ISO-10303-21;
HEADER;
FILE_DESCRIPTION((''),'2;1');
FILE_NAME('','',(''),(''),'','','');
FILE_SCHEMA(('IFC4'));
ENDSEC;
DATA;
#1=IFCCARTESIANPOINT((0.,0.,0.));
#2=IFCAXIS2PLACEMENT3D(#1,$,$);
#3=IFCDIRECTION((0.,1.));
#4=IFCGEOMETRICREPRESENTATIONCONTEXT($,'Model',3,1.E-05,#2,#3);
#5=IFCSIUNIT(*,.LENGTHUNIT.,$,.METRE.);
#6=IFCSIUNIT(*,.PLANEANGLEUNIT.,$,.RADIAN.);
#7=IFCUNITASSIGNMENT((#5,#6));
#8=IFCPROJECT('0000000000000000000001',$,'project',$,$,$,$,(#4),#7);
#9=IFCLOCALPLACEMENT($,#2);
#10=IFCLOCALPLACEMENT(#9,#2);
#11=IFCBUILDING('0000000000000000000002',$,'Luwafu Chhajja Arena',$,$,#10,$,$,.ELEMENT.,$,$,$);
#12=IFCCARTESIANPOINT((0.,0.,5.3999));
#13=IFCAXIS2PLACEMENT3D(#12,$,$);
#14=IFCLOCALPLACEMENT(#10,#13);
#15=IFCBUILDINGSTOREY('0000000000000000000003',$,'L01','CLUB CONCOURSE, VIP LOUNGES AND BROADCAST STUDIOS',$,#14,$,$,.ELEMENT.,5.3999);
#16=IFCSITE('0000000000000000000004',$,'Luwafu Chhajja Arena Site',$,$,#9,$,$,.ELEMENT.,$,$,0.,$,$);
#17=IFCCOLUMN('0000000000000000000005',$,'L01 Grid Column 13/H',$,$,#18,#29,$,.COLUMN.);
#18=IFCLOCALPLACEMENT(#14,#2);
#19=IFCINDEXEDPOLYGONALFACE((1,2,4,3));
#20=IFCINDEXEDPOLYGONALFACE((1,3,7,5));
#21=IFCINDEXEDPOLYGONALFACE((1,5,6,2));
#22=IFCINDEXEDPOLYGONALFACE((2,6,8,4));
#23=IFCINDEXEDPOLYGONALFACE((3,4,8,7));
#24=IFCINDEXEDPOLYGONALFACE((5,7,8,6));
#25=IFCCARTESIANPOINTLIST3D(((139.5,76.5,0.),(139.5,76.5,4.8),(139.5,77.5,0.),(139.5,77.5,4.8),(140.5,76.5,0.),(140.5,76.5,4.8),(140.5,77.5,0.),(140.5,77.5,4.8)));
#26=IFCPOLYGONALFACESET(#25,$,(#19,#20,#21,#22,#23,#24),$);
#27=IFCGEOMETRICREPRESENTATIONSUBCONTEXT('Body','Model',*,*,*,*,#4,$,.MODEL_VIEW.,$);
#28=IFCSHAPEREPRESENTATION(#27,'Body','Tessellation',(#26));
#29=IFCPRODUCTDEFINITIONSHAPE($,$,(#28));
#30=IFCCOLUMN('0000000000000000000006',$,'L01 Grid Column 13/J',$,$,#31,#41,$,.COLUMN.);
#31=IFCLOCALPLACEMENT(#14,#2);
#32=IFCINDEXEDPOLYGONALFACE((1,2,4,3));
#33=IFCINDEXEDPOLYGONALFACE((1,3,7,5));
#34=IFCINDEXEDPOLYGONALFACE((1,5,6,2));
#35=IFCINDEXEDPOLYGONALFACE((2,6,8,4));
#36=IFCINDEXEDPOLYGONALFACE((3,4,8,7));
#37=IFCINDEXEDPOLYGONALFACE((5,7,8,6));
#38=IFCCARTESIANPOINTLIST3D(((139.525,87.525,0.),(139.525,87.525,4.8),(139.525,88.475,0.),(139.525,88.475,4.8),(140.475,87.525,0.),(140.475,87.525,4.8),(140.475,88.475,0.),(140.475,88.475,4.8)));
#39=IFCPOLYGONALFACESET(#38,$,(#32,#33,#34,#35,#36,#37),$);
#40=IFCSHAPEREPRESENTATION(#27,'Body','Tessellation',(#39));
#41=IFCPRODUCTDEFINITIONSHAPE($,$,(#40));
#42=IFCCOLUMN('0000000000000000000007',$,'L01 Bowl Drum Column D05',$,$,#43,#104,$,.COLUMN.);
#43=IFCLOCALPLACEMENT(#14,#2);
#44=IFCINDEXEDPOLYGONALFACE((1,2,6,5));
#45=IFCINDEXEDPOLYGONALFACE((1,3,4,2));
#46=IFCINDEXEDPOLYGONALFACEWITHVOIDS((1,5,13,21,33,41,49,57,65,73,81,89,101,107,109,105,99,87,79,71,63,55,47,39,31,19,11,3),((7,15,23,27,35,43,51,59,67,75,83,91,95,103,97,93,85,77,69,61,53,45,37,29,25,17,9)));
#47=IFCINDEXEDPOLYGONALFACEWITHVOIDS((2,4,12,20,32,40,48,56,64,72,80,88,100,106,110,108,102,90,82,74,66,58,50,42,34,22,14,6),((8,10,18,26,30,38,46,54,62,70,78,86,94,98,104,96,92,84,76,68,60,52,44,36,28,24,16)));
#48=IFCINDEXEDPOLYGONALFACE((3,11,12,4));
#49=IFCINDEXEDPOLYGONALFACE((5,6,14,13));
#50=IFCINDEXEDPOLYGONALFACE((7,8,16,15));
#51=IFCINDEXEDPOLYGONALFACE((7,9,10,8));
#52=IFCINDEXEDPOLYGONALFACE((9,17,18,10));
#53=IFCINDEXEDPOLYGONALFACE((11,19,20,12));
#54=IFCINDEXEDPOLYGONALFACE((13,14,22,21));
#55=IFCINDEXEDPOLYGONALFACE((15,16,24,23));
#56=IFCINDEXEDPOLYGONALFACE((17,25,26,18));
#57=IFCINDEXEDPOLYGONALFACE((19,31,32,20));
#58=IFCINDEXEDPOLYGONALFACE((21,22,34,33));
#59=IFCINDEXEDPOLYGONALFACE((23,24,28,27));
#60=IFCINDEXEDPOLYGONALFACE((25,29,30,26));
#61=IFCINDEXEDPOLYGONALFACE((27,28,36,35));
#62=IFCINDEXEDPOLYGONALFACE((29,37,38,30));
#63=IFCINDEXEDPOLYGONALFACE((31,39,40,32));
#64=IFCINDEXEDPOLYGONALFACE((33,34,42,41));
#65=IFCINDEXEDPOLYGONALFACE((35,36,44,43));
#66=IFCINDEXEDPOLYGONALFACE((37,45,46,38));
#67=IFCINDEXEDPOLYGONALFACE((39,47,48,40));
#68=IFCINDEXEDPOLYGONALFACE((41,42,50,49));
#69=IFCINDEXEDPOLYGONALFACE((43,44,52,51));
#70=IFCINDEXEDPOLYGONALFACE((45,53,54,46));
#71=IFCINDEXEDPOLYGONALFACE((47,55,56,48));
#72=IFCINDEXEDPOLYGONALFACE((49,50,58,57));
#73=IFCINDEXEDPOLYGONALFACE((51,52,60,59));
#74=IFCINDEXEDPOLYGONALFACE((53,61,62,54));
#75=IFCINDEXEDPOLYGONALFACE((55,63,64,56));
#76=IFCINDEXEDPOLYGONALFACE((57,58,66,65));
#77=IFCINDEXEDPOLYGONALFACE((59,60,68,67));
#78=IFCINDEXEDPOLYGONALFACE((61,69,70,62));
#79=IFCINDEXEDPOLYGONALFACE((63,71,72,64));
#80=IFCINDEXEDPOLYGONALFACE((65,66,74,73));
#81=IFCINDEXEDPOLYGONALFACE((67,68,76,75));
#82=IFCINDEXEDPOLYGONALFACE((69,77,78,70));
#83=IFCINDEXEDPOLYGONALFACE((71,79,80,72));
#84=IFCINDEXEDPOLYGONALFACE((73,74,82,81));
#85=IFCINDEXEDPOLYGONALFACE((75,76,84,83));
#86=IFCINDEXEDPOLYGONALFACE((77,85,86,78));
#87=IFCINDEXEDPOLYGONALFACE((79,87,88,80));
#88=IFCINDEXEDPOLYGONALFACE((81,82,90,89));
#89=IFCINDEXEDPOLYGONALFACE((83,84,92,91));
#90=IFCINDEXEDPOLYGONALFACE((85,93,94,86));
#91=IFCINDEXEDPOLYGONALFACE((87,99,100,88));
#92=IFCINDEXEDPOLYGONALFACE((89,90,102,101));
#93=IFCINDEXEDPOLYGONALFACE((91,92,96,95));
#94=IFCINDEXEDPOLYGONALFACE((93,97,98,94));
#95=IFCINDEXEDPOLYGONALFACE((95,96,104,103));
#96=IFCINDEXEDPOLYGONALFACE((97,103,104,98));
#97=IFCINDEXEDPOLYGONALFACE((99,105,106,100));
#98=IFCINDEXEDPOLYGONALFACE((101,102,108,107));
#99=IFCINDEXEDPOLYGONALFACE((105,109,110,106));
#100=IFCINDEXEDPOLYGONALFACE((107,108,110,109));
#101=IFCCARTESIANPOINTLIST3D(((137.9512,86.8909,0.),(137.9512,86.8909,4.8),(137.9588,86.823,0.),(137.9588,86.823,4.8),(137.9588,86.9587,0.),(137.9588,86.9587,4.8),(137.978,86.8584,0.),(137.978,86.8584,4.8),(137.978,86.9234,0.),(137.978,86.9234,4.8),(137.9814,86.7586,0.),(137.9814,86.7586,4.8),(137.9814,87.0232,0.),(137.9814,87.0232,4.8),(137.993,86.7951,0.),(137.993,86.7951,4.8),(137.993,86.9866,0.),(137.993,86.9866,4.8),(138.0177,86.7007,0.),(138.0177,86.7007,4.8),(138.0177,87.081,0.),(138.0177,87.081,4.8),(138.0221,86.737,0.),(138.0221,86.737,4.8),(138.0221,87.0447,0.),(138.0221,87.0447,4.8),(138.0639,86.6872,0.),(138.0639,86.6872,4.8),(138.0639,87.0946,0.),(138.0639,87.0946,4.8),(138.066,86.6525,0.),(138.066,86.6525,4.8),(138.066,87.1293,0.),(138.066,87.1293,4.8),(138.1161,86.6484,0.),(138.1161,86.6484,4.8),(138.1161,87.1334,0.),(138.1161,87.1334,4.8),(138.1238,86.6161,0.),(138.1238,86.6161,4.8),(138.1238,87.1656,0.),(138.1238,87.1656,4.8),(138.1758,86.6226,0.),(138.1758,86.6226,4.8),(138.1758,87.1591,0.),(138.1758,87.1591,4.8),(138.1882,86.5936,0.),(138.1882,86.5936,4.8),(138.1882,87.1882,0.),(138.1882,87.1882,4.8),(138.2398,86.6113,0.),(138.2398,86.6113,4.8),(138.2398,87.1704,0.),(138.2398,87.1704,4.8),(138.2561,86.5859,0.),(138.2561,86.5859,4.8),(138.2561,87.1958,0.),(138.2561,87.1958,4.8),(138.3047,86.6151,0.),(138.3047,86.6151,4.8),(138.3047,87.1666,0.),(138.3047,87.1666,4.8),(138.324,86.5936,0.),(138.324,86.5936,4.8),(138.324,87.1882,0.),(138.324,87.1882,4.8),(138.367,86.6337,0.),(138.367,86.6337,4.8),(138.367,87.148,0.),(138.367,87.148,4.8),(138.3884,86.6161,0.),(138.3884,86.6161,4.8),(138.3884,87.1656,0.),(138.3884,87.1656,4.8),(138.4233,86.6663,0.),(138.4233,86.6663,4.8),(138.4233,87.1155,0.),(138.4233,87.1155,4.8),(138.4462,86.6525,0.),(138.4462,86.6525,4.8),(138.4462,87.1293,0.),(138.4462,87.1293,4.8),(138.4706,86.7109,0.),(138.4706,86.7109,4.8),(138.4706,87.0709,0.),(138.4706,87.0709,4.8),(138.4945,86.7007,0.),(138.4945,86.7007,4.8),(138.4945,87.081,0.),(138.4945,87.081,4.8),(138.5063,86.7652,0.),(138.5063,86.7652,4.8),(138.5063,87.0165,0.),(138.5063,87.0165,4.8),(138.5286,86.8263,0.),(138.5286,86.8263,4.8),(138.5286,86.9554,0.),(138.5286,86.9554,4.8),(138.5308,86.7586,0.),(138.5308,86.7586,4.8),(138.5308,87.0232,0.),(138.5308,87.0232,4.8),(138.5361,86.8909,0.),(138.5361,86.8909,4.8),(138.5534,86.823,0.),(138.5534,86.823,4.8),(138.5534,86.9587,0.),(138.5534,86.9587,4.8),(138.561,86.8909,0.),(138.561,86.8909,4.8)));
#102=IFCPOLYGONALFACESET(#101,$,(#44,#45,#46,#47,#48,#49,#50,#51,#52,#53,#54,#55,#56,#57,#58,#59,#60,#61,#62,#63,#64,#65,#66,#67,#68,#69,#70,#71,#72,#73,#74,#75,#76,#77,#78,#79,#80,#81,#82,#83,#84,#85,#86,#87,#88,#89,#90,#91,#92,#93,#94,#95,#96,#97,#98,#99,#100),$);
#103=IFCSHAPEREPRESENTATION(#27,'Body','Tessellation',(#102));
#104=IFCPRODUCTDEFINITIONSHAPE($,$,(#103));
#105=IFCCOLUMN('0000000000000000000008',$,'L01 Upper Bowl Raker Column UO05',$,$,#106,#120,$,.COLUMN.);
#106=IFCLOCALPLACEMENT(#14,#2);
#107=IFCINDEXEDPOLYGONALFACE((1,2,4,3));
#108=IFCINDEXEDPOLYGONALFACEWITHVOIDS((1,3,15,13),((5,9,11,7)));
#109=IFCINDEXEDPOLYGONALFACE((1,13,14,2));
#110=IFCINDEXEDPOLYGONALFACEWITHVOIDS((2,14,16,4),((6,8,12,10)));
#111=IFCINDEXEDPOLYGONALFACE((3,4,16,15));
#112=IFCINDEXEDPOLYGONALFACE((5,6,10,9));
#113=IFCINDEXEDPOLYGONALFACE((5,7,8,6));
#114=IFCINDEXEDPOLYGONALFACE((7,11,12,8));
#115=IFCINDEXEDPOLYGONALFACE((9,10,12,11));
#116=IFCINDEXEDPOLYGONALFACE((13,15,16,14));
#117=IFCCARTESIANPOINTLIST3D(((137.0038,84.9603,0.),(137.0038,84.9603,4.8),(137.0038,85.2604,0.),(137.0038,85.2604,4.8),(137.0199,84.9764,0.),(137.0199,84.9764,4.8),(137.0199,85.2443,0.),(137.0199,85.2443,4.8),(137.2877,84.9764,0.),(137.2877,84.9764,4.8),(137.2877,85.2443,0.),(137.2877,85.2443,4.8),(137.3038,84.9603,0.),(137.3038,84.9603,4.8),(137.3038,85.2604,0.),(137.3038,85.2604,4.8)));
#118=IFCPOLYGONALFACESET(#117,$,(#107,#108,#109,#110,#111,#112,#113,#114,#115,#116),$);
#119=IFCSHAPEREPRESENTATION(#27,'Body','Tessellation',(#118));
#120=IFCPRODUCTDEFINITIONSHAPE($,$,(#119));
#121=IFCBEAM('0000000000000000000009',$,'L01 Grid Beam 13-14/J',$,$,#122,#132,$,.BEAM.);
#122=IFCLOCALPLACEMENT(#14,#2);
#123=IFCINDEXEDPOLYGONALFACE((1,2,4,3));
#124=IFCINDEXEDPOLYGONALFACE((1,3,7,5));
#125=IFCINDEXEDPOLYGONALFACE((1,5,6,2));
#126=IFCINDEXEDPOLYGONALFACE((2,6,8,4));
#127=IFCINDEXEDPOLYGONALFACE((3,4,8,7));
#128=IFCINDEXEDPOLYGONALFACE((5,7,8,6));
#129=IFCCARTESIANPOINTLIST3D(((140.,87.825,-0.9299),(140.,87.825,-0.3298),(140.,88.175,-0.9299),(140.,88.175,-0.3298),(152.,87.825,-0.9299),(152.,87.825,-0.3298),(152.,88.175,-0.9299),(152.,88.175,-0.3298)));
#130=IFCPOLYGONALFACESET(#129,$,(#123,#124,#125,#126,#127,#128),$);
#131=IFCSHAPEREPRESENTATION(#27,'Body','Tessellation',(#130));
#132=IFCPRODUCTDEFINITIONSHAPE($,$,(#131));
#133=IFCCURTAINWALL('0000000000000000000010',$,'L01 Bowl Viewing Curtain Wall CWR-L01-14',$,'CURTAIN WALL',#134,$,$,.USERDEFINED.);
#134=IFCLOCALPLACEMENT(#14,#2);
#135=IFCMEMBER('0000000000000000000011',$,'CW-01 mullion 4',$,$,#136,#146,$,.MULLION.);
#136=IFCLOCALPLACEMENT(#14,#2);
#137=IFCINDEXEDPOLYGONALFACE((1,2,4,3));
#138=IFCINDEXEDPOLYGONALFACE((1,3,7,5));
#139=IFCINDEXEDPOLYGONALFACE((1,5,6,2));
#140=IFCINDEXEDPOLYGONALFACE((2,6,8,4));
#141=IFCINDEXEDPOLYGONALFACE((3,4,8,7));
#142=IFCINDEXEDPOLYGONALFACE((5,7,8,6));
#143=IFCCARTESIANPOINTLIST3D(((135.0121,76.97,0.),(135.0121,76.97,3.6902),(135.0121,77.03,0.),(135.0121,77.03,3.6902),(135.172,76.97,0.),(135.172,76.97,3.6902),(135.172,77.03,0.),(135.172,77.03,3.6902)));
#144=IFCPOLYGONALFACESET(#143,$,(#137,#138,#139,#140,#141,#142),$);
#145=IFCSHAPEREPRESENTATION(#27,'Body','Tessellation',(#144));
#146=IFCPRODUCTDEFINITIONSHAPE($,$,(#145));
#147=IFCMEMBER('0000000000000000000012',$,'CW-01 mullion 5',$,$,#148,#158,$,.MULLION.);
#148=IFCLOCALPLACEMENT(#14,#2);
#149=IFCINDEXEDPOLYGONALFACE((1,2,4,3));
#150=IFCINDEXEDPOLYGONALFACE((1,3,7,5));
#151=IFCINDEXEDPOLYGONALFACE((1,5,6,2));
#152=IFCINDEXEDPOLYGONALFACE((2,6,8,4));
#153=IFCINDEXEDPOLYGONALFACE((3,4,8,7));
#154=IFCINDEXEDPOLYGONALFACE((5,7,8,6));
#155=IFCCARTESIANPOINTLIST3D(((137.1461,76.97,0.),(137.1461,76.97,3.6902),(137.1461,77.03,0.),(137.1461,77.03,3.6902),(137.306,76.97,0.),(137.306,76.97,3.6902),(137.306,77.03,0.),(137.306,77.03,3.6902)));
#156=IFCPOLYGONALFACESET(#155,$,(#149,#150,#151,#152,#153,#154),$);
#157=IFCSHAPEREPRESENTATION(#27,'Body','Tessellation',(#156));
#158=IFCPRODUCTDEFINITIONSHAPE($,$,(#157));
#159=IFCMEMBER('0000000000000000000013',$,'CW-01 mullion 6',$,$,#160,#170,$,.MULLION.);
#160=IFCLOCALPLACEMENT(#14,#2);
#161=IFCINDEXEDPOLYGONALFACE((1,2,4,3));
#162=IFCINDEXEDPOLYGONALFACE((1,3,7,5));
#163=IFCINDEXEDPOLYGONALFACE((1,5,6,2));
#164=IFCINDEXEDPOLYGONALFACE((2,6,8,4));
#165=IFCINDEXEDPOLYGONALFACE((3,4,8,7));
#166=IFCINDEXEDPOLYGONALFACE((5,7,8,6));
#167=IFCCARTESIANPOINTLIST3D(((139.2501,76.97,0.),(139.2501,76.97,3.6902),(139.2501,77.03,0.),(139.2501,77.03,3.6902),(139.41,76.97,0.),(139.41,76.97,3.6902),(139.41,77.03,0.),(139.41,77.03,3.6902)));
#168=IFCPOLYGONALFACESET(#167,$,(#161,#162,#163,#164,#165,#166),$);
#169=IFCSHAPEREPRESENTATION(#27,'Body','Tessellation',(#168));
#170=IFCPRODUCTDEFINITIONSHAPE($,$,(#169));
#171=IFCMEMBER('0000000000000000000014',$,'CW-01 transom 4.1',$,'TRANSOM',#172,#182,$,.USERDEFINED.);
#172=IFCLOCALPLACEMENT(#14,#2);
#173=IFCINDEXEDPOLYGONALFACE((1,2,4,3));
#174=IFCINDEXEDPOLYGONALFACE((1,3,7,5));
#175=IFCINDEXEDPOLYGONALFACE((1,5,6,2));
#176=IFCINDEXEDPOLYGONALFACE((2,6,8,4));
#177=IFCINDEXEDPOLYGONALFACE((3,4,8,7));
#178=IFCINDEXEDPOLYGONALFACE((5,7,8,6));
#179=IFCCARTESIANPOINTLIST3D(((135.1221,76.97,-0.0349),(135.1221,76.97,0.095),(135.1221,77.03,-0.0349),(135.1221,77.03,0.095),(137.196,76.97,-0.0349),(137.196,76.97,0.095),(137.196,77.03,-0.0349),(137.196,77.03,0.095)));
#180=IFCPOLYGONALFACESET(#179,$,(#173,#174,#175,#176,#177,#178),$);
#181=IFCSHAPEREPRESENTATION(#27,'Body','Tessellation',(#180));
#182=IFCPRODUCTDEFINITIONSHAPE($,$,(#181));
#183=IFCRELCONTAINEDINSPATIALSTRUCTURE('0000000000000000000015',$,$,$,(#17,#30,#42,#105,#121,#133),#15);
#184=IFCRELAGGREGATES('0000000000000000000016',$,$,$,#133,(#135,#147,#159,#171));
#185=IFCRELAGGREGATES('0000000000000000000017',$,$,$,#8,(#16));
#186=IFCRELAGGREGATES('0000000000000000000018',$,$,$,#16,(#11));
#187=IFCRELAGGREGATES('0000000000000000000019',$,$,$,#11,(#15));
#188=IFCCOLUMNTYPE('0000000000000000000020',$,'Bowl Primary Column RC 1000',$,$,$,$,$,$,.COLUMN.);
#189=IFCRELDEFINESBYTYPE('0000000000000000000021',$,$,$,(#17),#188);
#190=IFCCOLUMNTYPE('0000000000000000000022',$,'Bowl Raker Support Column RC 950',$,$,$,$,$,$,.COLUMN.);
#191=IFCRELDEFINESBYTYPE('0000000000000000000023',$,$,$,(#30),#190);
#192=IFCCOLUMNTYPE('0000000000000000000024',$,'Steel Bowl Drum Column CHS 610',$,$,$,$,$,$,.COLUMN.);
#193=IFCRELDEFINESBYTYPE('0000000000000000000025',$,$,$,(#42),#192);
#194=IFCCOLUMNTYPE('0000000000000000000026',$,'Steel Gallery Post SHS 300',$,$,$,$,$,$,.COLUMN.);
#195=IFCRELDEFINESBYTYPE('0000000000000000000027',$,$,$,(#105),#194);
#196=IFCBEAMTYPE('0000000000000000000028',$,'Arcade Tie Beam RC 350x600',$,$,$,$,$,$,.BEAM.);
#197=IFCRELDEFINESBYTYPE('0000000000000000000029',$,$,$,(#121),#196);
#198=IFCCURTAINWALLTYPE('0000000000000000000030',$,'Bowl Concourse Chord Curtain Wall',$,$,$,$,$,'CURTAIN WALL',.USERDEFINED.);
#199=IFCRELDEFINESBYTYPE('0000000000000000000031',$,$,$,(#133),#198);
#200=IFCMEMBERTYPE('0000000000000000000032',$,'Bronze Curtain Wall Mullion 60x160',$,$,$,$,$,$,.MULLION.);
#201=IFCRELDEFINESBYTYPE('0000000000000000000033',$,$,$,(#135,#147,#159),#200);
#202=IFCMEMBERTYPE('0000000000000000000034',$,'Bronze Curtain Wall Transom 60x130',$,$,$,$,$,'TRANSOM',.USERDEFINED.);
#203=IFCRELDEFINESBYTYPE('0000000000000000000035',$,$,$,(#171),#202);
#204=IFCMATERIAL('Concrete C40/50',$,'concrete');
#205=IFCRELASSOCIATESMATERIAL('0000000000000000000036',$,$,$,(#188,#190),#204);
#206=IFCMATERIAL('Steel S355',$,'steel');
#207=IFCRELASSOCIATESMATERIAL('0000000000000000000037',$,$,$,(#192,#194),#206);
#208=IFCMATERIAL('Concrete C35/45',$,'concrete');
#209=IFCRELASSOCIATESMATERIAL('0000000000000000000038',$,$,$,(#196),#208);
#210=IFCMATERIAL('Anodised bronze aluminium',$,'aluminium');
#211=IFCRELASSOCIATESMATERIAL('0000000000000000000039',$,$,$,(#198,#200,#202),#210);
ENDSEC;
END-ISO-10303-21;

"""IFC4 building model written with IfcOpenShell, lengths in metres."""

from ifc_helpers import new_model, si_unit, direction, frame, origin, origin_2d, place, context, subcontext, project, spatial, rectangle, hollow_rectangle, hollow_circle, extrude, material, material_profile, profile_set, type_object, element, aggregate, save


model = new_model("IFC4")

# Units and contexts
model_context = context("Model", 3, precision=1e-05, world=origin(), true_north=direction((0.0, 1.0)))
body_context = subcontext(model_context, "Body", "Model", "MODEL_VIEW")
ifc_project = project(units=[si_unit("LENGTHUNIT", "METRE"), si_unit("PLANEANGLEUNIT", "RADIAN")], contexts=[model_context])

# Site, building, storey
site_placement = place(None, origin())
site = spatial("IfcSite", under=ifc_project, at=site_placement, Name="Luwafu Chhajja Arena Site", CompositionType="ELEMENT", RefElevation=0.0)
building_placement = place(site_placement, origin())
building = spatial("IfcBuilding", under=site, at=building_placement, Name="Luwafu Chhajja Arena", CompositionType="ELEMENT")
storey_placement = place(building_placement, frame((0.0, 0.0, 5.3999)))
storey = spatial("IfcBuildingStorey", under=building, at=storey_placement, Name="L01", Description="CLUB CONCOURSE, VIP LOUNGES AND BROADCAST STUDIOS", CompositionType="ELEMENT", Elevation=5.3999)

# Columns
ifc_material_1 = material(Name="Concrete C40/50", Category="concrete")
ifc_material_profile_1 = material_profile(ifc_material_1, rectangle(XDim=1.0, YDim=1.0, at=origin_2d()), Name="RC 1000x1000")
ifc_profile_set_1 = profile_set([ifc_material_profile_1], Name="Concrete C40/50")
column_type_1 = type_object("IfcColumnType", Name="Bowl Primary Column RC 1000", PredefinedType="COLUMN", material=ifc_profile_set_1)
column_1_placement = place(storey_placement, frame((140.0, 77.0, 0.0), z_axis=(0.0, 0.0, 1.0), x_axis=(1.0, 0.0, 0.0)))
element("IfcColumn", 1, at=column_1_placement, inside=storey, type_object=column_type_1, Name="L01 Grid Column 13/H", PredefinedType="COLUMN", context=body_context, shape_type="SweptSolid", body=[
    extrude(rectangle(XDim=1.0, YDim=1.0, at=origin_2d()), origin(), (0.0, 0.0, 1.0), 4.8),
])
ifc_material_profile_2 = material_profile(ifc_material_1, rectangle(XDim=0.95, YDim=0.95, at=origin_2d()), Name="RC 950x950")
ifc_profile_set_2 = profile_set([ifc_material_profile_2], Name="Concrete C40/50")
column_type_2 = type_object("IfcColumnType", Name="Bowl Raker Support Column RC 950", PredefinedType="COLUMN", material=ifc_profile_set_2)
column_2_placement = place(storey_placement, frame((140.0, 88.0, 0.0), z_axis=(0.0, 0.0, 1.0), x_axis=(1.0, 0.0, 0.0)))
element("IfcColumn", 2, at=column_2_placement, inside=storey, type_object=column_type_2, Name="L01 Grid Column 13/J", PredefinedType="COLUMN", context=body_context, shape_type="SweptSolid", body=[
    extrude(rectangle(XDim=0.95, YDim=0.95, at=origin_2d()), origin(), (0.0, 0.0, 1.0), 4.8),
])
ifc_material_2 = material(Name="Steel S355", Category="steel")
ifc_material_profile_3 = material_profile(ifc_material_2, hollow_circle(Radius=0.3049, WallThickness=0.0249, at=origin_2d()), Name="CHS 610x25")
ifc_profile_set_3 = profile_set([ifc_material_profile_3], Name="Steel S355")
column_type_3 = type_object("IfcColumnType", Name="Steel Bowl Drum Column CHS 610", PredefinedType="COLUMN", material=ifc_profile_set_3)
column_3_placement = place(storey_placement, frame((138.2561, 86.8909, 0.0), z_axis=(0.0, 0.0, 1.0), x_axis=(1.0, 0.0, 0.0)))
element("IfcColumn", 3, at=column_3_placement, inside=storey, type_object=column_type_3, Name="L01 Bowl Drum Column D05", PredefinedType="COLUMN", context=body_context, shape_type="SweptSolid", body=[
    extrude(hollow_circle(Radius=0.3049, WallThickness=0.0249, at=origin_2d()), origin(), (0.0, 0.0, 1.0), 4.8),
])
ifc_material_profile_4 = material_profile(ifc_material_2, hollow_rectangle(XDim=0.3, YDim=0.3, WallThickness=0.0161, at=origin_2d()), Name="SHS 300x300x16")
ifc_profile_set_4 = profile_set([ifc_material_profile_4], Name="Steel S355")
column_type_4 = type_object("IfcColumnType", Name="Steel Gallery Post SHS 300", PredefinedType="COLUMN", material=ifc_profile_set_4)
column_4_placement = place(storey_placement, frame((137.1538, 85.1104, 0.0), z_axis=(0.0, 0.0, 1.0), x_axis=(1.0, 0.0, 0.0)))
element("IfcColumn", 4, at=column_4_placement, inside=storey, type_object=column_type_4, Name="L01 Upper Bowl Raker Column UO05", PredefinedType="COLUMN", context=body_context, shape_type="SweptSolid", body=[
    extrude(hollow_rectangle(XDim=0.3, YDim=0.3, WallThickness=0.0161, at=origin_2d()), origin(), (0.0, 0.0, 1.0), 4.8),
])

# Beam
ifc_material_3 = material(Name="Concrete C35/45", Category="concrete")
ifc_material_profile_5 = material_profile(ifc_material_3, rectangle(XDim=0.3501, YDim=0.6001, at=origin_2d()), Name="RC 350x600")
ifc_profile_set_5 = profile_set([ifc_material_profile_5], Name="Concrete C35/45")
beam_type_1 = type_object("IfcBeamType", Name="Arcade Tie Beam RC 350x600", PredefinedType="BEAM", material=ifc_profile_set_5)
beam_1_placement = place(storey_placement, frame((140.0, 88.0, -0.6299), z_axis=(1.0, 0.0, 0.0), x_axis=(0.0, 1.0, 0.0)))
element("IfcBeam", 5, at=beam_1_placement, inside=storey, type_object=beam_type_1, Name="L01 Grid Beam 13-14/J", PredefinedType="BEAM", context=body_context, shape_type="SweptSolid", body=[
    extrude(rectangle(XDim=0.3501, YDim=0.6001, at=origin_2d()), origin(), (0.0, 0.0, 1.0), 12.0),
])

# Curtain wall, members
ifc_material_4 = material(Name="Anodised bronze aluminium", Category="aluminium")
curtain_wall_type = type_object("IfcCurtainWallType", Name="Bowl Concourse Chord Curtain Wall", ElementType="CURTAIN WALL", PredefinedType="USERDEFINED", material=ifc_material_4)
curtain_wall_placement = place(storey_placement, origin())
curtain_wall = element("IfcCurtainWall", 6, at=curtain_wall_placement, inside=storey, type_object=curtain_wall_type, Name="L01 Bowl Viewing Curtain Wall CWR-L01-14", ObjectType="CURTAIN WALL", PredefinedType="USERDEFINED")
ifc_material_profile_6 = material_profile(ifc_material_4, rectangle(XDim=0.0601, YDim=0.1599, at=origin_2d()), Name="CWM 60x160")
ifc_profile_set_6 = profile_set([ifc_material_profile_6], Name="Anodised bronze aluminium")
member_type_1 = type_object("IfcMemberType", Name="Bronze Curtain Wall Mullion 60x160", PredefinedType="MULLION", material=ifc_profile_set_6)
member_1_placement = place(storey_placement, frame((135.092, 77.0, 0.0), z_axis=(0.0, 0.0, 1.0), x_axis=(0.0, 1.0, 0.0)))
member_1 = element("IfcMember", 7, at=member_1_placement, type_object=member_type_1, Name="CW-01 mullion 4", PredefinedType="MULLION", context=body_context, shape_type="SweptSolid", body=[
    extrude(rectangle(XDim=0.0601, YDim=0.1599, at=origin_2d()), origin(), (0.0, 0.0, 1.0), 3.6902),
])
member_2_placement = place(storey_placement, frame((137.2261, 77.0, 0.0), z_axis=(0.0, 0.0, 1.0), x_axis=(0.0, 1.0, 0.0)))
member_2 = element("IfcMember", 8, at=member_2_placement, type_object=member_type_1, Name="CW-01 mullion 5", PredefinedType="MULLION", context=body_context, shape_type="SweptSolid", body=[
    extrude(rectangle(XDim=0.0601, YDim=0.1599, at=origin_2d()), origin(), (0.0, 0.0, 1.0), 3.6902),
])
member_3_placement = place(storey_placement, frame((139.3301, 77.0, 0.0), z_axis=(0.0, 0.0, 1.0), x_axis=(0.0, 1.0, 0.0)))
member_3 = element("IfcMember", 9, at=member_3_placement, type_object=member_type_1, Name="CW-01 mullion 6", PredefinedType="MULLION", context=body_context, shape_type="SweptSolid", body=[
    extrude(rectangle(XDim=0.0601, YDim=0.1599, at=origin_2d()), origin(), (0.0, 0.0, 1.0), 3.6902),
])
ifc_material_profile_7 = material_profile(ifc_material_4, rectangle(XDim=0.0601, YDim=0.1299, at=origin_2d()), Name="CWT 60x130")
ifc_profile_set_7 = profile_set([ifc_material_profile_7], Name="Anodised bronze aluminium")
member_type_2 = type_object("IfcMemberType", Name="Bronze Curtain Wall Transom 60x130", ElementType="TRANSOM", PredefinedType="USERDEFINED", material=ifc_profile_set_7)
member_4_placement = place(storey_placement, frame((135.1221, 77.0, 0.03), z_axis=(1.0, 0.0, 0.0), x_axis=(0.0, 1.0, 0.0)))
member_4 = element("IfcMember", 10, at=member_4_placement, type_object=member_type_2, Name="CW-01 transom 4.1", ObjectType="TRANSOM", PredefinedType="USERDEFINED", context=body_context, shape_type="SweptSolid", body=[
    extrude(rectangle(XDim=0.0601, YDim=0.1299, at=origin_2d()), origin(), (0.0, 0.0, 1.0), 2.074),
])

aggregate(curtain_wall, [member_1, member_2, member_3, member_4])

save(model, "model.ifc")
